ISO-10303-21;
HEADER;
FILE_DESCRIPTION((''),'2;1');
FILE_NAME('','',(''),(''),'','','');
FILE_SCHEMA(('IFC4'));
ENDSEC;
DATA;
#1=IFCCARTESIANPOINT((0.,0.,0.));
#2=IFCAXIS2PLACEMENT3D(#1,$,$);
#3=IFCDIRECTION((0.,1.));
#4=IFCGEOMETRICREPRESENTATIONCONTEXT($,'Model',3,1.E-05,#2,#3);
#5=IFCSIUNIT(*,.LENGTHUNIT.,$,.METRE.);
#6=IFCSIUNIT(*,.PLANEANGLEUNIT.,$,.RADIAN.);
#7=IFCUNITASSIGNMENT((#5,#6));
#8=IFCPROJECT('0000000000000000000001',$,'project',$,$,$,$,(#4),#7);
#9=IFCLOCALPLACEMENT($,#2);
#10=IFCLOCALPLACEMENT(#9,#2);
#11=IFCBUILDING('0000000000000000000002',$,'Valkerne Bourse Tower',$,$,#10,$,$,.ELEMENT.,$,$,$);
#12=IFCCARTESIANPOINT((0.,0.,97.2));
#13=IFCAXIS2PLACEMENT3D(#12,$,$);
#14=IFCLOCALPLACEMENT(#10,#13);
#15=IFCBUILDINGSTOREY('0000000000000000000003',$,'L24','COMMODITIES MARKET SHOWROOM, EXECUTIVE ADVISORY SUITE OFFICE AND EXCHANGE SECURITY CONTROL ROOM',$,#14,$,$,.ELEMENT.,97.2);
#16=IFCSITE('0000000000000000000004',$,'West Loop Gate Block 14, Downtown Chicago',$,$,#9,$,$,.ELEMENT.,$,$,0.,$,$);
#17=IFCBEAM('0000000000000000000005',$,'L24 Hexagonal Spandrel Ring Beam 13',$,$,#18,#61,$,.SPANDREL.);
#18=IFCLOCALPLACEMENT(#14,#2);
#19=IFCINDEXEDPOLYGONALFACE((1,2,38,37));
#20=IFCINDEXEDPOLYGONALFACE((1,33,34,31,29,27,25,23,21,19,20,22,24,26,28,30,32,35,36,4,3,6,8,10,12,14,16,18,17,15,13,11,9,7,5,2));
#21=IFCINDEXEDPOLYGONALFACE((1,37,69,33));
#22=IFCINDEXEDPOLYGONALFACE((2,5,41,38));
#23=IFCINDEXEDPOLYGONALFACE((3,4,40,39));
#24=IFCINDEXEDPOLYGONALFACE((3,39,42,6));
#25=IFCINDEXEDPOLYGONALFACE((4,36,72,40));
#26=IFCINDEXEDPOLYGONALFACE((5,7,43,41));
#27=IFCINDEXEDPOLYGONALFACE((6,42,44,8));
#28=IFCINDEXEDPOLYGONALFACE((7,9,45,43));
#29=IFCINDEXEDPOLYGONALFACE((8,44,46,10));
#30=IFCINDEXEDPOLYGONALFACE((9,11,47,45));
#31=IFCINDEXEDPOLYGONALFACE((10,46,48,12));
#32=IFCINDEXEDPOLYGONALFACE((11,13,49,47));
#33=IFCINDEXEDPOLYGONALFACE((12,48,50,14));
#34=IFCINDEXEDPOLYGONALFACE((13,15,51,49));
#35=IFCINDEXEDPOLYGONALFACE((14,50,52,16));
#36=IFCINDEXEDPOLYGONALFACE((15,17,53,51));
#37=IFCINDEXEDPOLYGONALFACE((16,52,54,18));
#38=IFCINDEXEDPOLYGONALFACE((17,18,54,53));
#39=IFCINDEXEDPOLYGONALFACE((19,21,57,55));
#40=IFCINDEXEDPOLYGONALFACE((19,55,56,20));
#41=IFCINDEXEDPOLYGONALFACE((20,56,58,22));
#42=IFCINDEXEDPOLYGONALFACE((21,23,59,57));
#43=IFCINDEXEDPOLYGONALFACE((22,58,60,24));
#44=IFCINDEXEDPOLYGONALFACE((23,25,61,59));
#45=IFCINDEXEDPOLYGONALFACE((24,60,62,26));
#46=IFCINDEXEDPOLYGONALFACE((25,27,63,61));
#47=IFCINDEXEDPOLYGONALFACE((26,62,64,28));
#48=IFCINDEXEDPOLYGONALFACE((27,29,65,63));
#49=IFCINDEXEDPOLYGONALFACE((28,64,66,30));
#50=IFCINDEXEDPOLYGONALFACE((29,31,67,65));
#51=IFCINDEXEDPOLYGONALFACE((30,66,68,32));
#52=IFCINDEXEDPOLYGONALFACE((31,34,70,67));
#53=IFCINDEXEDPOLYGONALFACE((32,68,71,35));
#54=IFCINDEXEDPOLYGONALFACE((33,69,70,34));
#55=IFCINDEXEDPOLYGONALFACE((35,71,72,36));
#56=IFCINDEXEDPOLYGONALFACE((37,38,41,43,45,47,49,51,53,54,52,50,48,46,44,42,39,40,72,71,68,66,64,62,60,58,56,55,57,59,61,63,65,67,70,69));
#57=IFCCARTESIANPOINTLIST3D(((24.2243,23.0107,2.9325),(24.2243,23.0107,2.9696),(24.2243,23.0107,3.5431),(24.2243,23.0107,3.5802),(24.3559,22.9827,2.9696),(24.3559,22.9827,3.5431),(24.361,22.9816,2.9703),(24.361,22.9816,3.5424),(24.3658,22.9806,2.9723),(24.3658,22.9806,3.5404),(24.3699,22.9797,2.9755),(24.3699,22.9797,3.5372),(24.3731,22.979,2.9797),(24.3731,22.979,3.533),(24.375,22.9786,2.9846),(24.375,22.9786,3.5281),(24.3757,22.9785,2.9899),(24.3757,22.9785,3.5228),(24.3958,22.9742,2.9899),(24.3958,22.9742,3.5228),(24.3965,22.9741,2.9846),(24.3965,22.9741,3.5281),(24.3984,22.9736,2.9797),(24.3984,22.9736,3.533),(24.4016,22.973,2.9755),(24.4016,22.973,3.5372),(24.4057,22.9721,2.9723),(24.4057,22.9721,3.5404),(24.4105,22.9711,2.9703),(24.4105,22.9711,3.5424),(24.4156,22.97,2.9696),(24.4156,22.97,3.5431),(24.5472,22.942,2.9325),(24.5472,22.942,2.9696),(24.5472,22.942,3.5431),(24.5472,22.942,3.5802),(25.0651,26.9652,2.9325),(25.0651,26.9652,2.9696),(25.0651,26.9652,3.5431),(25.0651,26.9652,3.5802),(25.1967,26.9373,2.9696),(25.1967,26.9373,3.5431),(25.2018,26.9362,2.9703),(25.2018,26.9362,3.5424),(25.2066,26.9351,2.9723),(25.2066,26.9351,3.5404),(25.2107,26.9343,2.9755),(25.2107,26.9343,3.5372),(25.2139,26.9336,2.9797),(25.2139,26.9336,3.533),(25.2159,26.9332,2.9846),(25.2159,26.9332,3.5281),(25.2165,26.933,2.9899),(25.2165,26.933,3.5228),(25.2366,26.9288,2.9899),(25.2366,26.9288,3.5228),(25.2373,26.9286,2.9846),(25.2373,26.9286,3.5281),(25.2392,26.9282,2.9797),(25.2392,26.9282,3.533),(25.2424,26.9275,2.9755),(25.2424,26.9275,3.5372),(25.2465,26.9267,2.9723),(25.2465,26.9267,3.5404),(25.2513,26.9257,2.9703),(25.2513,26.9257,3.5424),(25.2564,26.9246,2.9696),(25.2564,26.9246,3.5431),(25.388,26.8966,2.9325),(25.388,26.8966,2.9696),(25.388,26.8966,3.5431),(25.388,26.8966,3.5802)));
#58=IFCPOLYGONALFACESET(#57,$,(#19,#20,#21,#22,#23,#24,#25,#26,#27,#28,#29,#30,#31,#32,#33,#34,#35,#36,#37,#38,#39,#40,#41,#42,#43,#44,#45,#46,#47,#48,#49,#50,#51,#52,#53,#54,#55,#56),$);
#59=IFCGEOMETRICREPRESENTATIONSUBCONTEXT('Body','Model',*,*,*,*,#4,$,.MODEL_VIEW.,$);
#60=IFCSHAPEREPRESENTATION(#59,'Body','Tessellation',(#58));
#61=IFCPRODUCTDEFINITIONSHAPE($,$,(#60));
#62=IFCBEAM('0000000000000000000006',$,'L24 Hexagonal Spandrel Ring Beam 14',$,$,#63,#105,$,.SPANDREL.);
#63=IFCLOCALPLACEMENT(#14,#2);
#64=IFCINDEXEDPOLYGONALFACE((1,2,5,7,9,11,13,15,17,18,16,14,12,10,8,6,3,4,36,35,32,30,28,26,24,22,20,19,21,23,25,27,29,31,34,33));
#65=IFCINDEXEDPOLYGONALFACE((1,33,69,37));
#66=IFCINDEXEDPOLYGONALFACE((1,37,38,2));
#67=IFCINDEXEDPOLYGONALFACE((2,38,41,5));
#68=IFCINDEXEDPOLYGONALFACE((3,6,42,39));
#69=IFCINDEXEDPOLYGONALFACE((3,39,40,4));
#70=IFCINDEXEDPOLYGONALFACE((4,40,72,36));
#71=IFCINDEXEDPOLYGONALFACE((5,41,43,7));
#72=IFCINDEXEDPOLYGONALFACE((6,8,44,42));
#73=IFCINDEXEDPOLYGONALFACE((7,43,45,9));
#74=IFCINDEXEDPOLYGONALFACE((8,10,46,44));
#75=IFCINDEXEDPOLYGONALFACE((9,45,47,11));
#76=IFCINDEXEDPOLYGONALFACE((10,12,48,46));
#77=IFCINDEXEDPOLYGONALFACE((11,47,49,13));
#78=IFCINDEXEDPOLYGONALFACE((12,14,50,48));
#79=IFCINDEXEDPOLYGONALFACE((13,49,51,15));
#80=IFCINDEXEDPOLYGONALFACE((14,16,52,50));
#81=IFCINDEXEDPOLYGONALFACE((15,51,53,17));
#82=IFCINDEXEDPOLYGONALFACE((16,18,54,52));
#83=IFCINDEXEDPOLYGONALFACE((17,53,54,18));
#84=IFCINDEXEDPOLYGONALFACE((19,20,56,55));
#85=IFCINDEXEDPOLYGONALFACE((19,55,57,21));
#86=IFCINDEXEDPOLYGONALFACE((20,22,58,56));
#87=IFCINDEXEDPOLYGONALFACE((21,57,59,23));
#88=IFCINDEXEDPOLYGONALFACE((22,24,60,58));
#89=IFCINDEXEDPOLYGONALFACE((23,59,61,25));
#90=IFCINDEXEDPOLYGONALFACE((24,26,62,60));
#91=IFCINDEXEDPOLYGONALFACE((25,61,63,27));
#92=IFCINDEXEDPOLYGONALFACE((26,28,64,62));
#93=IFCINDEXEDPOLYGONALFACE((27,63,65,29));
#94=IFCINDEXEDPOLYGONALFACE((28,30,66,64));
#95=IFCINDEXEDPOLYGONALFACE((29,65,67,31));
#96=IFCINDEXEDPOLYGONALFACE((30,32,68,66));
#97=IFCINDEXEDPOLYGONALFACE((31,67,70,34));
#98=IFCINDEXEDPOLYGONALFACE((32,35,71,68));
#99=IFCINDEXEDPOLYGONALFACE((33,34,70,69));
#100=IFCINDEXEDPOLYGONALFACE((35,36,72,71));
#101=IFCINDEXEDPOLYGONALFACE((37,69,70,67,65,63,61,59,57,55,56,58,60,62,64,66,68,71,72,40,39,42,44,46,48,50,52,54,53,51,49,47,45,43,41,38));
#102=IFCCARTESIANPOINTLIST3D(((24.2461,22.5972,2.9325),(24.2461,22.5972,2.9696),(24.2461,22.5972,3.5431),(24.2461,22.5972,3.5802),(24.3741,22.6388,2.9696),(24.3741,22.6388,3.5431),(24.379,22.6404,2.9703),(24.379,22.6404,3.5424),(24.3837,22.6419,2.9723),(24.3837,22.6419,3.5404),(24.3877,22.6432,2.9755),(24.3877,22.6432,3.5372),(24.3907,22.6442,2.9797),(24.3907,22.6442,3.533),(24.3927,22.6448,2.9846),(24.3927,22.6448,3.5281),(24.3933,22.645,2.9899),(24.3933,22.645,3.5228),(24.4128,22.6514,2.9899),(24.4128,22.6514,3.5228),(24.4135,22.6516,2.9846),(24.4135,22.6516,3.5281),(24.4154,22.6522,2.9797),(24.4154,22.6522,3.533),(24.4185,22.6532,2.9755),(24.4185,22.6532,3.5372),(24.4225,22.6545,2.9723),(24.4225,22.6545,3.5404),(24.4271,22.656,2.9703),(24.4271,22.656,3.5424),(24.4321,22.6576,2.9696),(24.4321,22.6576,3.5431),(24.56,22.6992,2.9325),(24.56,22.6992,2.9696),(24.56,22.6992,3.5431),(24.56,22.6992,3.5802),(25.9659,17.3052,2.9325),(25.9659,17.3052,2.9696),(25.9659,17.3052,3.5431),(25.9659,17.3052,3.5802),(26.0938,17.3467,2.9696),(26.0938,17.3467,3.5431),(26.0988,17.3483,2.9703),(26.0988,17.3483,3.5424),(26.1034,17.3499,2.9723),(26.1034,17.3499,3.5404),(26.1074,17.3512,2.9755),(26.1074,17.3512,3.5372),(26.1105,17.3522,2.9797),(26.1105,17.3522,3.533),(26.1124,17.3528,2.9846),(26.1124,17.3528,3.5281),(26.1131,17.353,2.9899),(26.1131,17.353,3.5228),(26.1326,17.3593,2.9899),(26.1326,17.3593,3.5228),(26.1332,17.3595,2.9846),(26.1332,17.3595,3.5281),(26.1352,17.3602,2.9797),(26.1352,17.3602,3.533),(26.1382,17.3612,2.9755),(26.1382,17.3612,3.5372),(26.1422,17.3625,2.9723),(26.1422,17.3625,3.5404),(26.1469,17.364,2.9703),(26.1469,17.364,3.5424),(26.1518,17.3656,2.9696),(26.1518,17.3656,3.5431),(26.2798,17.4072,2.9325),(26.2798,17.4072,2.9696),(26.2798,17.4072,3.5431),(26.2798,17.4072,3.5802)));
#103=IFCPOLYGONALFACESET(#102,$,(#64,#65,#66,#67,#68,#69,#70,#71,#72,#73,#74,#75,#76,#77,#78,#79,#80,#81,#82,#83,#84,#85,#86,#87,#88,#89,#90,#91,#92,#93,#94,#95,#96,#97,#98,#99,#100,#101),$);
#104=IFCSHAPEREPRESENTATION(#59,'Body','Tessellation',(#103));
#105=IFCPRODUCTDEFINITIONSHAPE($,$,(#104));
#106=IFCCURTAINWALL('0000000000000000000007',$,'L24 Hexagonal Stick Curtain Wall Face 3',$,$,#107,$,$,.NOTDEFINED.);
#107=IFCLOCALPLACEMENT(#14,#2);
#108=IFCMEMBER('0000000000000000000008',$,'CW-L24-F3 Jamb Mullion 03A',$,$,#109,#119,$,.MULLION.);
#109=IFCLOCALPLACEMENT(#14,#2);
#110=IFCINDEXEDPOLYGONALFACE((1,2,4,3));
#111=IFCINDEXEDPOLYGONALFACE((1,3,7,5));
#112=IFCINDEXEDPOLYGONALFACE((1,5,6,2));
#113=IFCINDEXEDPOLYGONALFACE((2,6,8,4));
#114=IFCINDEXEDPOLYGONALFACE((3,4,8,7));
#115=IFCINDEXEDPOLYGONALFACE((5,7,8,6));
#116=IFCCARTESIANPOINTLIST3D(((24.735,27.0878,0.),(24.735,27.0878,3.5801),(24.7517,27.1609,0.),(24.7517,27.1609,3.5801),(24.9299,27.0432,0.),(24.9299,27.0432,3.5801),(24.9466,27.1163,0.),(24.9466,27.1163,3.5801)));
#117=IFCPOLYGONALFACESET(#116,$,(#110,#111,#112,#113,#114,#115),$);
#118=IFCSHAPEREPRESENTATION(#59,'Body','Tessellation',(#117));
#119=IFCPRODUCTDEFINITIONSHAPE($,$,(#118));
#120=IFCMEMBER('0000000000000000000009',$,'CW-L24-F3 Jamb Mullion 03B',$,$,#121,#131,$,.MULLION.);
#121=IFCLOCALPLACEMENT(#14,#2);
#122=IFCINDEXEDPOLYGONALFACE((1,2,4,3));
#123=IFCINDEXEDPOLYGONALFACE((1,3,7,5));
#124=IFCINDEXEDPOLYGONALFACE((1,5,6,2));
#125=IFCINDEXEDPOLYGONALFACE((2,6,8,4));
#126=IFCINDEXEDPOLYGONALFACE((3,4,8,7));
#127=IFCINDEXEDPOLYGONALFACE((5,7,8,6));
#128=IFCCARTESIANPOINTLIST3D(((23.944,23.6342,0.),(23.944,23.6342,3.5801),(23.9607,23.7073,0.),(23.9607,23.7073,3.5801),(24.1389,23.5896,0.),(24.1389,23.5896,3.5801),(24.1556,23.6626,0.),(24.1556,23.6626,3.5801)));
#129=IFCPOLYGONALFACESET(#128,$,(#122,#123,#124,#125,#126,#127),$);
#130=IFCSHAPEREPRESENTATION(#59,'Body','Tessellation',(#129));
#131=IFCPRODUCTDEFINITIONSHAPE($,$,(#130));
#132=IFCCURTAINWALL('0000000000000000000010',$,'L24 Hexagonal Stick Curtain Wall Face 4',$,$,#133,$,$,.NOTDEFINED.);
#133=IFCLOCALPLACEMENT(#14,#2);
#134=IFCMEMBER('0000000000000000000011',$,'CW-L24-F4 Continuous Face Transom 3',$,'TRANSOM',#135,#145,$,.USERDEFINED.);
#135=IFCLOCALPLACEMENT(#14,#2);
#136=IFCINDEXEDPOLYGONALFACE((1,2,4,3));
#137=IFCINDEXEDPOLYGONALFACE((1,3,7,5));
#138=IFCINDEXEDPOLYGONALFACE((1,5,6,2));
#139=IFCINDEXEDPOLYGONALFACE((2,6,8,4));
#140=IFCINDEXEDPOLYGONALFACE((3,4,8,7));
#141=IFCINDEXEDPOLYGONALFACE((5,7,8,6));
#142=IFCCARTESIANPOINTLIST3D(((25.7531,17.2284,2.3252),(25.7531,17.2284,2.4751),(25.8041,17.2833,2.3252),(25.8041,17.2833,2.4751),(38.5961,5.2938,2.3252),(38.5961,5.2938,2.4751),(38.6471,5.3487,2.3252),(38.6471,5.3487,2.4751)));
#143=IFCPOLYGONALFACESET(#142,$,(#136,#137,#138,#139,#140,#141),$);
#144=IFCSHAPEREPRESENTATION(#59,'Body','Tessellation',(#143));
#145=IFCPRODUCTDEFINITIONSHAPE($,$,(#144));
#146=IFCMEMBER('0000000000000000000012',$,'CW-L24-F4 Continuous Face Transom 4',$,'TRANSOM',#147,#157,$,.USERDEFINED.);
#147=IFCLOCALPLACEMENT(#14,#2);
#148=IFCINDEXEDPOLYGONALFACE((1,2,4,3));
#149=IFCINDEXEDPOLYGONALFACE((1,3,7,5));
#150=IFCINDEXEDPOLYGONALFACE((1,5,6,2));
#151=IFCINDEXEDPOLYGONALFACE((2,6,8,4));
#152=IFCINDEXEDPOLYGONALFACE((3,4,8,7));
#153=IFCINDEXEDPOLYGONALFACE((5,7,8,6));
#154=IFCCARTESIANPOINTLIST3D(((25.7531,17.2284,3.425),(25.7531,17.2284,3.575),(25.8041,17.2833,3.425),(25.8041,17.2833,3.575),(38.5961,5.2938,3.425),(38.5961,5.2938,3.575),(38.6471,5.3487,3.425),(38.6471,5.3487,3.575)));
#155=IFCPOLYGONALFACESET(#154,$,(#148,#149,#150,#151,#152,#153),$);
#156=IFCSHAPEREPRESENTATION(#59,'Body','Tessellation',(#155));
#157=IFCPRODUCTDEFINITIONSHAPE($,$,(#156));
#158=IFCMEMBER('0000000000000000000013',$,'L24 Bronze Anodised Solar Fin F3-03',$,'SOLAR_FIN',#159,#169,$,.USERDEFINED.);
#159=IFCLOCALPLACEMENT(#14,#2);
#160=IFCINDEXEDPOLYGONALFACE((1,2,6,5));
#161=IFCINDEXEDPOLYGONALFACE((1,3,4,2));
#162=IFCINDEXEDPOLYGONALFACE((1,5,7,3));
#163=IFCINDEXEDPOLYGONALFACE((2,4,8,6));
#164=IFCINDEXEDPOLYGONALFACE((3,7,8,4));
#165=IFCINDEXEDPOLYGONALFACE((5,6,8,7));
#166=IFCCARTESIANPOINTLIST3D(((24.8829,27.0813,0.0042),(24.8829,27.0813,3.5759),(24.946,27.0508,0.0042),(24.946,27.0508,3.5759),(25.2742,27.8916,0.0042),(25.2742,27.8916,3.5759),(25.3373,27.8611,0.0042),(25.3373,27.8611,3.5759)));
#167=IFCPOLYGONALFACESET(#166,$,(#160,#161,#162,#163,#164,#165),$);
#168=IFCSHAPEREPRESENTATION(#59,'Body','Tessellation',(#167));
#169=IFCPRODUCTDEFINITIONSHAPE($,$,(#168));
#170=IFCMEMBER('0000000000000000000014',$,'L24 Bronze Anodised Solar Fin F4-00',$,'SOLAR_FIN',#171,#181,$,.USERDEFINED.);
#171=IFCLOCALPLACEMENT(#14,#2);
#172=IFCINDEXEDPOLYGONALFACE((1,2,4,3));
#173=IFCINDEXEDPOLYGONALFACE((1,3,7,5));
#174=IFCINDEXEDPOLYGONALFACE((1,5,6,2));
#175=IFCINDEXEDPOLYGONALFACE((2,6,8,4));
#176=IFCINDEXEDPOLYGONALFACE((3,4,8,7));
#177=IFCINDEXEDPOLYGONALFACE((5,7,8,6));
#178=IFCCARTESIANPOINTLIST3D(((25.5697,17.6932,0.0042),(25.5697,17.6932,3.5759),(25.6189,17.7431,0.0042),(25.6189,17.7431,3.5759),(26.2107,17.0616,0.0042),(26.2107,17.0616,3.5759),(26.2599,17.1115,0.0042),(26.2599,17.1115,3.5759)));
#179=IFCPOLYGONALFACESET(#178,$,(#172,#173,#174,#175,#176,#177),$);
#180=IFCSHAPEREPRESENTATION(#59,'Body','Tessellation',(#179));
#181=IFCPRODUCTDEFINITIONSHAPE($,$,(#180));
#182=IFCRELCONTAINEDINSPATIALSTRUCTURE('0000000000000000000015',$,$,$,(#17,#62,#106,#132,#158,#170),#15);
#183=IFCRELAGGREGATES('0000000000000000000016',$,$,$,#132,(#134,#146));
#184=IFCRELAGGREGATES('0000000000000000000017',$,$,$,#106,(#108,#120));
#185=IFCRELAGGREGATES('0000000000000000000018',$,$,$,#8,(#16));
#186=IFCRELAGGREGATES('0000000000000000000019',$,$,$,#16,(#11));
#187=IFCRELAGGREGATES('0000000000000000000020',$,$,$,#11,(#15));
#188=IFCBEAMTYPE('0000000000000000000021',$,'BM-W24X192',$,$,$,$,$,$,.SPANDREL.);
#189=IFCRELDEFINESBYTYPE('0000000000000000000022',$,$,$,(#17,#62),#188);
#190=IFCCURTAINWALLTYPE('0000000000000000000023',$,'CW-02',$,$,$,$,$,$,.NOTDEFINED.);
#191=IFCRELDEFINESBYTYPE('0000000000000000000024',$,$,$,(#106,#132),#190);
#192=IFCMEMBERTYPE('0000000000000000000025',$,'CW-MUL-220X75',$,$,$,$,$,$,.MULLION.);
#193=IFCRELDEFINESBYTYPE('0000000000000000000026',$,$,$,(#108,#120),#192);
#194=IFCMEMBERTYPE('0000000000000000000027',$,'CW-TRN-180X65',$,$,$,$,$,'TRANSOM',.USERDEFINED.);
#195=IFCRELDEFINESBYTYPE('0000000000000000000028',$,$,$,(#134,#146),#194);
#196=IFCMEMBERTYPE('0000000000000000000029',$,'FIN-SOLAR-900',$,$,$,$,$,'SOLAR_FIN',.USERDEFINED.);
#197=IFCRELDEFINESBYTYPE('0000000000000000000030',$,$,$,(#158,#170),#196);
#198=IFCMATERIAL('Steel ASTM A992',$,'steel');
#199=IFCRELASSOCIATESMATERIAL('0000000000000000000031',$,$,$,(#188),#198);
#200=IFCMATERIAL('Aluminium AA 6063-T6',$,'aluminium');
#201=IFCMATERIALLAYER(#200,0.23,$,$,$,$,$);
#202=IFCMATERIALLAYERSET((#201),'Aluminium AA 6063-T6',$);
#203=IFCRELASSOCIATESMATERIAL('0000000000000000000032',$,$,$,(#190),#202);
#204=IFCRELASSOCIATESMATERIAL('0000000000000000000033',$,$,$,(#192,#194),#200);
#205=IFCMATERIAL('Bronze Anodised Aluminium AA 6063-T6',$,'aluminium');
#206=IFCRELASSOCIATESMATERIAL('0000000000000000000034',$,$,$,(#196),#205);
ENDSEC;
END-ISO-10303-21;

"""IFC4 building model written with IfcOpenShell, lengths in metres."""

from ifc_helpers import new_model, si_unit, direction, frame, origin, origin_2d, place, context, subcontext, project, spatial, rectangle, i_section, extrude, material, layer, layer_set, material_profile, profile_set, type_object, element, aggregate, save


model = new_model("IFC4")

# Units and contexts
model_context = context("Model", 3, precision=1e-05, world=origin(), true_north=direction((0.0, 1.0)))
body_context = subcontext(model_context, "Body", "Model", "MODEL_VIEW")
ifc_project = project(units=[si_unit("LENGTHUNIT", "METRE"), si_unit("PLANEANGLEUNIT", "RADIAN")], contexts=[model_context])

# Site, building, storey
site_placement = place(None, origin())
site = spatial("IfcSite", under=ifc_project, at=site_placement, Name="West Loop Gate Block 14, Downtown Chicago", CompositionType="ELEMENT", RefElevation=0.0)
building_placement = place(site_placement, origin())
building = spatial("IfcBuilding", under=site, at=building_placement, Name="Valkerne Bourse Tower", CompositionType="ELEMENT")
storey_placement = place(building_placement, frame((0.0, 0.0, 97.2)))
storey = spatial("IfcBuildingStorey", under=building, at=storey_placement, Name="L24", Description="COMMODITIES MARKET SHOWROOM, EXECUTIVE ADVISORY SUITE OFFICE AND EXCHANGE SECURITY CONTROL ROOM", CompositionType="ELEMENT", Elevation=97.2)

# Beams
ifc_material_1 = material(Name="Steel ASTM A992", Category="steel")
ifc_material_profile_1 = material_profile(ifc_material_1, i_section(OverallWidth=0.3301, OverallDepth=0.6477, WebThickness=0.0205, FlangeThickness=0.0371, FilletRadius=0.0203, at=origin_2d()), Name="W24X192")
ifc_profile_set_1 = profile_set([ifc_material_profile_1], Name="Steel ASTM A992")
beam_type = type_object("IfcBeamType", Name="BM-W24X192", PredefinedType="SPANDREL", material=ifc_profile_set_1)
for number, where, z_axis, x_axis, name in (
    (1, (25.2266, 26.9309, 3.2563), (-0.20797, -0.978135, 0.0), (0.978135, -0.20797, 0.0), "L24 Hexagonal Spandrel Ring Beam 13"),
):
    element("IfcBeam", number, at=place(storey_placement, frame(where, z_axis=z_axis, x_axis=x_axis)), inside=storey, type_object=beam_type, Name=name, PredefinedType="SPANDREL", context=body_context, shape_type="SweptSolid", body=[
        extrude(i_section(OverallWidth=0.3301, OverallDepth=0.6477, WebThickness=0.0205, FlangeThickness=0.0371, FilletRadius=0.0203, at=origin_2d()), origin(), (0.0, 0.0, 1.0), 4.043),
    ])
beam_placement = place(storey_placement, frame((24.4031, 22.6482, 3.2563), z_axis=(0.309058, -0.951043, 0.0), x_axis=(0.951043, 0.309058, 0.0)))
element("IfcBeam", 2, at=beam_placement, inside=storey, type_object=beam_type, Name="L24 Hexagonal Spandrel Ring Beam 14", PredefinedType="SPANDREL", context=body_context, shape_type="SweptSolid", body=[
    extrude(i_section(OverallWidth=0.3301, OverallDepth=0.6477, WebThickness=0.0205, FlangeThickness=0.0371, FilletRadius=0.0203, at=origin_2d()), origin(), (0.0, 0.0, 1.0), 5.5645),
])

# Curtain walls, members
ifc_material_2 = material(Name="Aluminium AA 6063-T6", Category="aluminium")
ifc_layer_1 = layer(ifc_material_2, 0.23)
ifc_layer_set_1 = layer_set([ifc_layer_1], Name="Aluminium AA 6063-T6")
curtain_wall_type = type_object("IfcCurtainWallType", Name="CW-02", PredefinedType="NOTDEFINED", material=ifc_layer_set_1)
curtain_wall_1_placement = place(storey_placement, origin())
curtain_wall_1 = element("IfcCurtainWall", 3, at=curtain_wall_1_placement, inside=storey, type_object=curtain_wall_type, Name="L24 Hexagonal Stick Curtain Wall Face 3", PredefinedType="NOTDEFINED")
ifc_material_profile_2 = material_profile(ifc_material_2, rectangle(XDim=0.075, YDim=0.2, at=origin_2d()), Name="CWM-75X200")
ifc_profile_set_2 = profile_set([ifc_material_profile_2], Name="Aluminium AA 6063-T6")
member_type_1 = type_object("IfcMemberType", Name="CW-MUL-220X75", PredefinedType="MULLION", material=ifc_profile_set_2)
member_1_placement = place(storey_placement, frame((24.8408, 27.1021, 0.0), z_axis=(0.0, 0.0, 1.0), x_axis=(-0.223248, -0.974762, 0.0)))
member_1 = element("IfcMember", 4, at=member_1_placement, type_object=member_type_1, Name="CW-L24-F3 Jamb Mullion 03A", PredefinedType="MULLION", context=body_context, shape_type="SweptSolid", body=[
    extrude(rectangle(XDim=0.075, YDim=0.2, at=origin_2d()), origin(), (0.0, 0.0, 1.0), 3.5801),
])
member_2_placement = place(storey_placement, frame((24.0498, 23.6484, 0.0), z_axis=(0.0, 0.0, 1.0), x_axis=(-0.223248, -0.974762, 0.0)))
member_2 = element("IfcMember", 5, at=member_2_placement, type_object=member_type_1, Name="CW-L24-F3 Jamb Mullion 03B", PredefinedType="MULLION", context=body_context, shape_type="SweptSolid", body=[
    extrude(rectangle(XDim=0.075, YDim=0.2, at=origin_2d()), origin(), (0.0, 0.0, 1.0), 3.5801),
])
curtain_wall_2_placement = place(storey_placement, origin())
curtain_wall_2 = element("IfcCurtainWall", 6, at=curtain_wall_2_placement, inside=storey, type_object=curtain_wall_type, Name="L24 Hexagonal Stick Curtain Wall Face 4", PredefinedType="NOTDEFINED")
ifc_material_profile_3 = material_profile(ifc_material_2, rectangle(XDim=0.075, YDim=0.1499, at=origin_2d()), Name="CWT-75X150")
ifc_profile_set_3 = profile_set([ifc_material_profile_3], Name="Aluminium AA 6063-T6")
member_type_2 = type_object("IfcMemberType", Name="CW-TRN-180X65", ElementType="TRANSOM", PredefinedType="USERDEFINED", material=ifc_profile_set_3)
member_3_placement = place(storey_placement, frame((25.7786, 17.2559, 2.4001), z_axis=(0.73254, -0.680724, 0.0), x_axis=(0.680724, 0.73254, 0.0)))
member_3 = element("IfcMember", 7, at=member_3_placement, type_object=member_type_2, Name="CW-L24-F4 Continuous Face Transom 3", ObjectType="TRANSOM", PredefinedType="USERDEFINED", context=body_context, shape_type="SweptSolid", body=[
    extrude(rectangle(XDim=0.075, YDim=0.1499, at=origin_2d()), origin(), (0.0, 0.0, 1.0), 17.5322),
])
member_4_placement = place(storey_placement, frame((25.7786, 17.2559, 3.5), z_axis=(0.73254, -0.680724, 0.0), x_axis=(0.680724, 0.73254, 0.0)))
member_4 = element("IfcMember", 8, at=member_4_placement, type_object=member_type_2, Name="CW-L24-F4 Continuous Face Transom 4", ObjectType="TRANSOM", PredefinedType="USERDEFINED", context=body_context, shape_type="SweptSolid", body=[
    extrude(rectangle(XDim=0.075, YDim=0.1499, at=origin_2d()), origin(), (0.0, 0.0, 1.0), 17.5322),
])
aggregate(curtain_wall_2, [member_3, member_4])

# Members
ifc_material_3 = material(Name="Bronze Anodised Aluminium AA 6063-T6", Category="aluminium")
ifc_material_profile_4 = material_profile(ifc_material_3, rectangle(XDim=0.0701, YDim=0.8999, at=origin_2d()), Name="FIN-70X900")
ifc_profile_set_4 = profile_set([ifc_material_profile_4], Name="Bronze Anodised Aluminium AA 6063-T6")
member_type_3 = type_object("IfcMemberType", Name="FIN-SOLAR-900", ElementType="SOLAR_FIN", PredefinedType="USERDEFINED", material=ifc_profile_set_4)
for number, where, z_axis, x_axis, name in (
    (9, (25.1101, 27.4712, 0.0042), (0.0, 0.0, 1.0), (-0.900491, 0.434875, 0.0), "L24 Bronze Anodised Solar Fin F3-03"),
    (10, (25.9148, 17.4023, 0.0042), (0.0, 0.0, 1.0), (-0.701933, -0.712243, 0.0), "L24 Bronze Anodised Solar Fin F4-00"),
):
    element("IfcMember", number, at=place(storey_placement, frame(where, z_axis=z_axis, x_axis=x_axis)), inside=storey, type_object=member_type_3, Name=name, ObjectType="SOLAR_FIN", PredefinedType="USERDEFINED", context=body_context, shape_type="SweptSolid", body=[
        extrude(rectangle(XDim=0.0701, YDim=0.8999, at=origin_2d()), origin(), (0.0, 0.0, 1.0), 3.5718),
    ])

aggregate(curtain_wall_1, [member_1, member_2])

save(model, "model.ifc")
